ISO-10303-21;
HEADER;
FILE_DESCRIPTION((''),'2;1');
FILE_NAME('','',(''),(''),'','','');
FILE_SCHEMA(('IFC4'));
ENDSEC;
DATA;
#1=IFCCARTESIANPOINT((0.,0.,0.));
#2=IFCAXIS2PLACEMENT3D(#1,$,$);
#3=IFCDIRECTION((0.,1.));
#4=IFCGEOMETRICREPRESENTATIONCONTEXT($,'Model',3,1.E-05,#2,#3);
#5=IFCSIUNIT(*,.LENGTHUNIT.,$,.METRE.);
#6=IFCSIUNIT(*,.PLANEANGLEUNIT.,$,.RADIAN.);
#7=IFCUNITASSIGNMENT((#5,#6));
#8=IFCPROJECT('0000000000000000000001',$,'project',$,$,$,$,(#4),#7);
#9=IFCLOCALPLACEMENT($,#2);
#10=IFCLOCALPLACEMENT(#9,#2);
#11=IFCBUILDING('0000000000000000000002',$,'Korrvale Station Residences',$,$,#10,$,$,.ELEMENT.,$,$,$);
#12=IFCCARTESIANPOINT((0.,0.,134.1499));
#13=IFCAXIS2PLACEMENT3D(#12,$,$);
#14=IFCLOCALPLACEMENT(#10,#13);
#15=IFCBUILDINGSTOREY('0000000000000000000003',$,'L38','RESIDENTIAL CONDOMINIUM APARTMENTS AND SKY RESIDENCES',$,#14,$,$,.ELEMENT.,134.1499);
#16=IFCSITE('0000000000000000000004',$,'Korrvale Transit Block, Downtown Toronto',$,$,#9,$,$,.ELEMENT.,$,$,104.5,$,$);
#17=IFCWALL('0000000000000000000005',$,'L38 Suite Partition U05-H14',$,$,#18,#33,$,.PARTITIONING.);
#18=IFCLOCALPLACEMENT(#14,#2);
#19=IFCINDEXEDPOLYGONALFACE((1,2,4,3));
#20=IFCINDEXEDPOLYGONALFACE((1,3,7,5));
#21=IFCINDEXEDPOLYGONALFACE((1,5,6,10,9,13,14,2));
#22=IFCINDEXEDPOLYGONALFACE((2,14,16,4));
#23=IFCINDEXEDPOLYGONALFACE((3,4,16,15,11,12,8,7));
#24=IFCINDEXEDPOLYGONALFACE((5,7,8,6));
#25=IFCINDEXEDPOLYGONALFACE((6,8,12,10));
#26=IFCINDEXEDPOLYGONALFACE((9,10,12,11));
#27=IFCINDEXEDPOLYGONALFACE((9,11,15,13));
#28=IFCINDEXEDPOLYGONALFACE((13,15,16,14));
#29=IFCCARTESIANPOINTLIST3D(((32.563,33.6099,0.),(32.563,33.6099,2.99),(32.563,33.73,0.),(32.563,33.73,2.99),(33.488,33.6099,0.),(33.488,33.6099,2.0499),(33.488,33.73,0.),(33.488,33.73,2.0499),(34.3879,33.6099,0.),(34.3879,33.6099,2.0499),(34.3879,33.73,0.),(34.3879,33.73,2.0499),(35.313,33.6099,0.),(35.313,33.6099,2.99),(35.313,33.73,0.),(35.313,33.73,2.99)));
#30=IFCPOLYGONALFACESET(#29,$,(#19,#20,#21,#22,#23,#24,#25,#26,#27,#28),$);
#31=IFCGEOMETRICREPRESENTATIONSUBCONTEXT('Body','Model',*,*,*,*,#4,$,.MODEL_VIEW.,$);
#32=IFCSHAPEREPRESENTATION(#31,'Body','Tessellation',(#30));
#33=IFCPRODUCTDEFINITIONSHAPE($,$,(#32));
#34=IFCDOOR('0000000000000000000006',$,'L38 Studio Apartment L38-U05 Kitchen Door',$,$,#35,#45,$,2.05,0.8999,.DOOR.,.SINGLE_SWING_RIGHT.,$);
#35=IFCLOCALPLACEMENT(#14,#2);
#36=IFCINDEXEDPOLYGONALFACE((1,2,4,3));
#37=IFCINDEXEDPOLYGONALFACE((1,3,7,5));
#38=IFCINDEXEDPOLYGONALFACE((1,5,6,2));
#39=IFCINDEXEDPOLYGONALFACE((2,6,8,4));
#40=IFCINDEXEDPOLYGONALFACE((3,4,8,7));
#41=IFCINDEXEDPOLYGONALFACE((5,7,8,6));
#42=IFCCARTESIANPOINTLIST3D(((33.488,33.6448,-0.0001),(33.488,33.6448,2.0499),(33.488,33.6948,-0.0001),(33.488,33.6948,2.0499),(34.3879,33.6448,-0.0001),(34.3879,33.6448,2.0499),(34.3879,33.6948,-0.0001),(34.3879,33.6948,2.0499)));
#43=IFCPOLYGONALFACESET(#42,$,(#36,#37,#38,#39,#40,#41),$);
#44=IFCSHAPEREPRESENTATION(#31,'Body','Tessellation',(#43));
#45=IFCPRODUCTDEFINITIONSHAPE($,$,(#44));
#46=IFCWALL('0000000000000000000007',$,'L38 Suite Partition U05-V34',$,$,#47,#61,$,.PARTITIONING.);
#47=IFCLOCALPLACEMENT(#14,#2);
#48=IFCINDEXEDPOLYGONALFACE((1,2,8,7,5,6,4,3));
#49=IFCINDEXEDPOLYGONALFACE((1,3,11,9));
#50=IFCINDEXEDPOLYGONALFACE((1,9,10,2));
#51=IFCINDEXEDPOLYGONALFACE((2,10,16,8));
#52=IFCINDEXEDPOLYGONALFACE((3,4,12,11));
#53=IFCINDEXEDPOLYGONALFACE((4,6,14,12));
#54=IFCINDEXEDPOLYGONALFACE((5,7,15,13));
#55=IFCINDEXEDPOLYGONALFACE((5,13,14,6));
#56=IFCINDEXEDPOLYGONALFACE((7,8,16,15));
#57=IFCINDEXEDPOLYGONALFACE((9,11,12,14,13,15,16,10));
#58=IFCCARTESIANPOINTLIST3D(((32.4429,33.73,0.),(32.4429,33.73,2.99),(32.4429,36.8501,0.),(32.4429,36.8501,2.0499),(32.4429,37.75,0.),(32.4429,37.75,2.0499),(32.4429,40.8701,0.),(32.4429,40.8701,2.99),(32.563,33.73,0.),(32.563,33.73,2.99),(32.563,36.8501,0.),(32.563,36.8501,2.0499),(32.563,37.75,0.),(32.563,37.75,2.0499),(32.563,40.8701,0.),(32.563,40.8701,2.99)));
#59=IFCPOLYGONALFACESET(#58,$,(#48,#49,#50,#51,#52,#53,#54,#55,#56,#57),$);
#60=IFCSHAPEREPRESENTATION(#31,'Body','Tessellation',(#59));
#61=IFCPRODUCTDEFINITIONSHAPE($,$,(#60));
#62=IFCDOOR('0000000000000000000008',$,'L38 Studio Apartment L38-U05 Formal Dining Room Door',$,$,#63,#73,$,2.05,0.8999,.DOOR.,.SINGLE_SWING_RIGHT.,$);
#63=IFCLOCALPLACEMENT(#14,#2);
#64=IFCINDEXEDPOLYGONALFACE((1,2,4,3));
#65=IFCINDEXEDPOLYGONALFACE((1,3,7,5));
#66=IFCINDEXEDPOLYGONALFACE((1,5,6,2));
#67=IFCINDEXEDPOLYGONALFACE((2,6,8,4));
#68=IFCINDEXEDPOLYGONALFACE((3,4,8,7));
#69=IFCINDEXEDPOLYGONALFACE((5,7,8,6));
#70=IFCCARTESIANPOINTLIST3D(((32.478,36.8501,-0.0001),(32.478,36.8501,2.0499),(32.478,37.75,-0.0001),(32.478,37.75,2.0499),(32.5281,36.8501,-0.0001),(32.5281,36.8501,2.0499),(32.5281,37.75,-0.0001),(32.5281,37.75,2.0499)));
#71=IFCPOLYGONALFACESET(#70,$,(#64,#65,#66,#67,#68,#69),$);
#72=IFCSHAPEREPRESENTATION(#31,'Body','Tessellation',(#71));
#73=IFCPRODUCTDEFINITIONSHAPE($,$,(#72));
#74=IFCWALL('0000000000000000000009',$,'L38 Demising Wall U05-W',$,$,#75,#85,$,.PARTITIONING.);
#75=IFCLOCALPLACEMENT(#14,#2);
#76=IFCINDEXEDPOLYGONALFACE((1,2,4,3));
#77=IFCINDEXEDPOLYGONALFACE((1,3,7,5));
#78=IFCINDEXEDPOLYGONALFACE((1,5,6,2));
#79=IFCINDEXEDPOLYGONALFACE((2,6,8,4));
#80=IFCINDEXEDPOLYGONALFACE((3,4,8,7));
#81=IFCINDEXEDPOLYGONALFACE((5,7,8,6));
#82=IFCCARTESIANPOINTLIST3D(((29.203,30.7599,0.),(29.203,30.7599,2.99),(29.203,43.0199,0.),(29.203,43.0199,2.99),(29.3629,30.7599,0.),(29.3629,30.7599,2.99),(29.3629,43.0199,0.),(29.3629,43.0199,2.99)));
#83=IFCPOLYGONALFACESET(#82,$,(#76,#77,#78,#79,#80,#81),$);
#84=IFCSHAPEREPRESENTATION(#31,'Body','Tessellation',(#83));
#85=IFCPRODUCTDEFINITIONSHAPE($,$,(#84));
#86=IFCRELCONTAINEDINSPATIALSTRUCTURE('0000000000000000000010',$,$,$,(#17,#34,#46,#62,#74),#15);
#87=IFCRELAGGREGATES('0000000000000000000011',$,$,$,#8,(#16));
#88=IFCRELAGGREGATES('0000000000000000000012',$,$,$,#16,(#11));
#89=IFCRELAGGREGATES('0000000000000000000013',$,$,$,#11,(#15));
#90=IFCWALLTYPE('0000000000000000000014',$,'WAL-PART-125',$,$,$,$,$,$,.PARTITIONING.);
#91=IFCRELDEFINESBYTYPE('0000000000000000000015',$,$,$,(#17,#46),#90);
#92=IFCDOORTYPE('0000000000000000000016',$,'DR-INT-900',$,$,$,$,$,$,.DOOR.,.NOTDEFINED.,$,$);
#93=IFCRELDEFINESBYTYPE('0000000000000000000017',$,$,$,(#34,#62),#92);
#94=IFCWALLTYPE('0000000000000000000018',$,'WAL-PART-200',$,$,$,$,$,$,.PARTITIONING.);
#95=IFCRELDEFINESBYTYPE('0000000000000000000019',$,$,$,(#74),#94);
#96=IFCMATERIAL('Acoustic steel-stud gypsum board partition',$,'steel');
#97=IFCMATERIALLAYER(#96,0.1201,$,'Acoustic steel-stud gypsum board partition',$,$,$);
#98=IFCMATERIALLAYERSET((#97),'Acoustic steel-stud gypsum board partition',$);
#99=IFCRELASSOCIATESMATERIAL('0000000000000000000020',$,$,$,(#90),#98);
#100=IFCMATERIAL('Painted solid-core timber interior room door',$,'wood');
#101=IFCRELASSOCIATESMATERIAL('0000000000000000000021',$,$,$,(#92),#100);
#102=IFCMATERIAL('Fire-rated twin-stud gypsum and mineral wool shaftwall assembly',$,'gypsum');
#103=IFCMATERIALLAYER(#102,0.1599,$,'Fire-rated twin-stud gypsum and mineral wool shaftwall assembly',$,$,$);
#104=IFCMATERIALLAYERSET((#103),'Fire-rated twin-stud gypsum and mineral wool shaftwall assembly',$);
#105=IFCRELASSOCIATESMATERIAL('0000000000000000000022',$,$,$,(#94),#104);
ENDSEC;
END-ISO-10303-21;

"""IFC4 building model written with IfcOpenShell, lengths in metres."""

from ifc_helpers import new_model, si_unit, direction, frame, frame_2d, origin, place, context, subcontext, project, spatial, rectangle, extrude, material, layer, layer_set, type_object, element, fill, save


model = new_model("IFC4")

# Units and contexts
model_context = context("Model", 3, precision=1e-05, world=origin(), true_north=direction((0.0, 1.0)))
body_context = subcontext(model_context, "Body", "Model", "MODEL_VIEW")
ifc_project = project(units=[si_unit("LENGTHUNIT", "METRE"), si_unit("PLANEANGLEUNIT", "RADIAN")], contexts=[model_context])

# Site, building, storey
site_placement = place(None, origin())
site = spatial("IfcSite", under=ifc_project, at=site_placement, Name="Korrvale Transit Block, Downtown Toronto", CompositionType="ELEMENT", RefElevation=104.5)
building_placement = place(site_placement, origin())
building = spatial("IfcBuilding", under=site, at=building_placement, Name="Korrvale Station Residences", CompositionType="ELEMENT")
storey_placement = place(building_placement, frame((0.0, 0.0, 134.1499)))
storey = spatial("IfcBuildingStorey", under=building, at=storey_placement, Name="L38", Description="RESIDENTIAL CONDOMINIUM APARTMENTS AND SKY RESIDENCES", CompositionType="ELEMENT", Elevation=134.1499)

# Shared definitions
ifc_material_1 = material(Name="Acoustic steel-stud gypsum board partition", Category="steel")
ifc_layer_1 = layer(ifc_material_1, 0.1201, Name="Acoustic steel-stud gypsum board partition")
ifc_layer_set_1 = layer_set([ifc_layer_1], Name="Acoustic steel-stud gypsum board partition")
wall_type_1 = type_object("IfcWallType", Name="WAL-PART-125", PredefinedType="PARTITIONING", material=ifc_layer_set_1)

# Shared definitions
ifc_material_2 = material(Name="Painted solid-core timber interior room door", Category="wood")
door_type_1 = type_object("IfcDoorType", Name="DR-INT-900", OperationType="NOTDEFINED", PredefinedType="DOOR", material=ifc_material_2)

# Walls, openings, doors
wall_1_placement = place(storey_placement, frame((32.563, 33.6699, 0.0), z_axis=(0.0, 0.0, 1.0), x_axis=(1.0, 0.0, 0.0)))
wall_1 = element("IfcWall", 1, at=wall_1_placement, inside=storey, type_object=wall_type_1, Name="L38 Suite Partition U05-H14", PredefinedType="PARTITIONING", context=body_context, shape_type="SweptSolid", body=[
    extrude(rectangle(XDim=2.75, YDim=0.1201, at=frame_2d((1.375, 0.0))), origin(), (0.0, 0.0, 1.0), 2.99),
])
opening_1_placement = place(wall_1_placement, frame((0.925, 0.0, 0.0)))
opening_1 = element("IfcOpeningElement", 2, at=opening_1_placement, cuts=wall_1, PredefinedType="OPENING", context=body_context, shape_type="SweptSolid", body=[
    extrude(rectangle(XDim=0.8999, YDim=2.05, at=frame_2d((0.45, 1.0249))), frame((0.0, 0.0701, 0.0), z_axis=(0.0, -1.0, 0.0), x_axis=(1.0, 0.0, 0.0)), (0.0, 0.0, 1.0), 0.1401),
])
door_1_placement = place(opening_1_placement, origin())
door_1 = element("IfcDoor", 3, at=door_1_placement, inside=storey, type_object=door_type_1, Name="L38 Studio Apartment L38-U05 Kitchen Door", OperationType="SINGLE_SWING_RIGHT", OverallHeight=2.05, OverallWidth=0.8999, PredefinedType="DOOR", context=body_context, shape_type="SweptSolid", body=[
    extrude(rectangle(XDim=0.8999, YDim=2.05, at=frame_2d((0.45, 1.0249))), frame((0.0, 0.0249, 0.0), z_axis=(0.0, -1.0, 0.0), x_axis=(1.0, 0.0, 0.0)), (0.0, 0.0, 1.0), 0.05),
])
fill(opening_1, door_1)
wall_2_placement = place(storey_placement, frame((32.5029, 33.73, 0.0), z_axis=(0.0, 0.0, 1.0), x_axis=(0.0, 1.0, 0.0)))
wall_2 = element("IfcWall", 4, at=wall_2_placement, inside=storey, type_object=wall_type_1, Name="L38 Suite Partition U05-V34", PredefinedType="PARTITIONING", context=body_context, shape_type="SweptSolid", body=[
    extrude(rectangle(XDim=7.1401, YDim=0.1201, at=frame_2d((3.5701, 0.0))), origin(), (0.0, 0.0, 1.0), 2.99),
])
opening_2_placement = place(wall_2_placement, frame((3.1201, 0.0, 0.0)))
opening_2 = element("IfcOpeningElement", 5, at=opening_2_placement, cuts=wall_2, PredefinedType="OPENING", context=body_context, shape_type="SweptSolid", body=[
    extrude(rectangle(XDim=0.8999, YDim=2.05, at=frame_2d((0.45, 1.0249))), frame((0.0, 0.0701, 0.0), z_axis=(0.0, -1.0, 0.0), x_axis=(1.0, 0.0, 0.0)), (0.0, 0.0, 1.0), 0.1401),
])
door_2_placement = place(opening_2_placement, origin())
door_2 = element("IfcDoor", 6, at=door_2_placement, inside=storey, type_object=door_type_1, Name="L38 Studio Apartment L38-U05 Formal Dining Room Door", OperationType="SINGLE_SWING_RIGHT", OverallHeight=2.05, OverallWidth=0.8999, PredefinedType="DOOR", context=body_context, shape_type="SweptSolid", body=[
    extrude(rectangle(XDim=0.8999, YDim=2.05, at=frame_2d((0.45, 1.0249))), frame((0.0, 0.0249, 0.0), z_axis=(0.0, -1.0, 0.0), x_axis=(1.0, 0.0, 0.0)), (0.0, 0.0, 1.0), 0.05),
])
fill(opening_2, door_2)

# Wall
ifc_material_3 = material(Name="Fire-rated twin-stud gypsum and mineral wool shaftwall assembly", Category="gypsum")
ifc_layer_2 = layer(ifc_material_3, 0.1599, Name="Fire-rated twin-stud gypsum and mineral wool shaftwall assembly")
ifc_layer_set_2 = layer_set([ifc_layer_2], Name="Fire-rated twin-stud gypsum and mineral wool shaftwall assembly")
wall_type_2 = type_object("IfcWallType", Name="WAL-PART-200", PredefinedType="PARTITIONING", material=ifc_layer_set_2)
wall_3_placement = place(storey_placement, frame((29.283, 30.76, 0.0), z_axis=(0.0, 0.0, 1.0), x_axis=(0.0, 1.0, 0.0)))
element("IfcWall", 7, at=wall_3_placement, inside=storey, type_object=wall_type_2, Name="L38 Demising Wall U05-W", PredefinedType="PARTITIONING", context=body_context, shape_type="SweptSolid", body=[
    extrude(rectangle(XDim=12.26, YDim=0.1599, at=frame_2d((6.1299, 0.0))), origin(), (0.0, 0.0, 1.0), 2.99),
])

save(model, "model.ifc")
